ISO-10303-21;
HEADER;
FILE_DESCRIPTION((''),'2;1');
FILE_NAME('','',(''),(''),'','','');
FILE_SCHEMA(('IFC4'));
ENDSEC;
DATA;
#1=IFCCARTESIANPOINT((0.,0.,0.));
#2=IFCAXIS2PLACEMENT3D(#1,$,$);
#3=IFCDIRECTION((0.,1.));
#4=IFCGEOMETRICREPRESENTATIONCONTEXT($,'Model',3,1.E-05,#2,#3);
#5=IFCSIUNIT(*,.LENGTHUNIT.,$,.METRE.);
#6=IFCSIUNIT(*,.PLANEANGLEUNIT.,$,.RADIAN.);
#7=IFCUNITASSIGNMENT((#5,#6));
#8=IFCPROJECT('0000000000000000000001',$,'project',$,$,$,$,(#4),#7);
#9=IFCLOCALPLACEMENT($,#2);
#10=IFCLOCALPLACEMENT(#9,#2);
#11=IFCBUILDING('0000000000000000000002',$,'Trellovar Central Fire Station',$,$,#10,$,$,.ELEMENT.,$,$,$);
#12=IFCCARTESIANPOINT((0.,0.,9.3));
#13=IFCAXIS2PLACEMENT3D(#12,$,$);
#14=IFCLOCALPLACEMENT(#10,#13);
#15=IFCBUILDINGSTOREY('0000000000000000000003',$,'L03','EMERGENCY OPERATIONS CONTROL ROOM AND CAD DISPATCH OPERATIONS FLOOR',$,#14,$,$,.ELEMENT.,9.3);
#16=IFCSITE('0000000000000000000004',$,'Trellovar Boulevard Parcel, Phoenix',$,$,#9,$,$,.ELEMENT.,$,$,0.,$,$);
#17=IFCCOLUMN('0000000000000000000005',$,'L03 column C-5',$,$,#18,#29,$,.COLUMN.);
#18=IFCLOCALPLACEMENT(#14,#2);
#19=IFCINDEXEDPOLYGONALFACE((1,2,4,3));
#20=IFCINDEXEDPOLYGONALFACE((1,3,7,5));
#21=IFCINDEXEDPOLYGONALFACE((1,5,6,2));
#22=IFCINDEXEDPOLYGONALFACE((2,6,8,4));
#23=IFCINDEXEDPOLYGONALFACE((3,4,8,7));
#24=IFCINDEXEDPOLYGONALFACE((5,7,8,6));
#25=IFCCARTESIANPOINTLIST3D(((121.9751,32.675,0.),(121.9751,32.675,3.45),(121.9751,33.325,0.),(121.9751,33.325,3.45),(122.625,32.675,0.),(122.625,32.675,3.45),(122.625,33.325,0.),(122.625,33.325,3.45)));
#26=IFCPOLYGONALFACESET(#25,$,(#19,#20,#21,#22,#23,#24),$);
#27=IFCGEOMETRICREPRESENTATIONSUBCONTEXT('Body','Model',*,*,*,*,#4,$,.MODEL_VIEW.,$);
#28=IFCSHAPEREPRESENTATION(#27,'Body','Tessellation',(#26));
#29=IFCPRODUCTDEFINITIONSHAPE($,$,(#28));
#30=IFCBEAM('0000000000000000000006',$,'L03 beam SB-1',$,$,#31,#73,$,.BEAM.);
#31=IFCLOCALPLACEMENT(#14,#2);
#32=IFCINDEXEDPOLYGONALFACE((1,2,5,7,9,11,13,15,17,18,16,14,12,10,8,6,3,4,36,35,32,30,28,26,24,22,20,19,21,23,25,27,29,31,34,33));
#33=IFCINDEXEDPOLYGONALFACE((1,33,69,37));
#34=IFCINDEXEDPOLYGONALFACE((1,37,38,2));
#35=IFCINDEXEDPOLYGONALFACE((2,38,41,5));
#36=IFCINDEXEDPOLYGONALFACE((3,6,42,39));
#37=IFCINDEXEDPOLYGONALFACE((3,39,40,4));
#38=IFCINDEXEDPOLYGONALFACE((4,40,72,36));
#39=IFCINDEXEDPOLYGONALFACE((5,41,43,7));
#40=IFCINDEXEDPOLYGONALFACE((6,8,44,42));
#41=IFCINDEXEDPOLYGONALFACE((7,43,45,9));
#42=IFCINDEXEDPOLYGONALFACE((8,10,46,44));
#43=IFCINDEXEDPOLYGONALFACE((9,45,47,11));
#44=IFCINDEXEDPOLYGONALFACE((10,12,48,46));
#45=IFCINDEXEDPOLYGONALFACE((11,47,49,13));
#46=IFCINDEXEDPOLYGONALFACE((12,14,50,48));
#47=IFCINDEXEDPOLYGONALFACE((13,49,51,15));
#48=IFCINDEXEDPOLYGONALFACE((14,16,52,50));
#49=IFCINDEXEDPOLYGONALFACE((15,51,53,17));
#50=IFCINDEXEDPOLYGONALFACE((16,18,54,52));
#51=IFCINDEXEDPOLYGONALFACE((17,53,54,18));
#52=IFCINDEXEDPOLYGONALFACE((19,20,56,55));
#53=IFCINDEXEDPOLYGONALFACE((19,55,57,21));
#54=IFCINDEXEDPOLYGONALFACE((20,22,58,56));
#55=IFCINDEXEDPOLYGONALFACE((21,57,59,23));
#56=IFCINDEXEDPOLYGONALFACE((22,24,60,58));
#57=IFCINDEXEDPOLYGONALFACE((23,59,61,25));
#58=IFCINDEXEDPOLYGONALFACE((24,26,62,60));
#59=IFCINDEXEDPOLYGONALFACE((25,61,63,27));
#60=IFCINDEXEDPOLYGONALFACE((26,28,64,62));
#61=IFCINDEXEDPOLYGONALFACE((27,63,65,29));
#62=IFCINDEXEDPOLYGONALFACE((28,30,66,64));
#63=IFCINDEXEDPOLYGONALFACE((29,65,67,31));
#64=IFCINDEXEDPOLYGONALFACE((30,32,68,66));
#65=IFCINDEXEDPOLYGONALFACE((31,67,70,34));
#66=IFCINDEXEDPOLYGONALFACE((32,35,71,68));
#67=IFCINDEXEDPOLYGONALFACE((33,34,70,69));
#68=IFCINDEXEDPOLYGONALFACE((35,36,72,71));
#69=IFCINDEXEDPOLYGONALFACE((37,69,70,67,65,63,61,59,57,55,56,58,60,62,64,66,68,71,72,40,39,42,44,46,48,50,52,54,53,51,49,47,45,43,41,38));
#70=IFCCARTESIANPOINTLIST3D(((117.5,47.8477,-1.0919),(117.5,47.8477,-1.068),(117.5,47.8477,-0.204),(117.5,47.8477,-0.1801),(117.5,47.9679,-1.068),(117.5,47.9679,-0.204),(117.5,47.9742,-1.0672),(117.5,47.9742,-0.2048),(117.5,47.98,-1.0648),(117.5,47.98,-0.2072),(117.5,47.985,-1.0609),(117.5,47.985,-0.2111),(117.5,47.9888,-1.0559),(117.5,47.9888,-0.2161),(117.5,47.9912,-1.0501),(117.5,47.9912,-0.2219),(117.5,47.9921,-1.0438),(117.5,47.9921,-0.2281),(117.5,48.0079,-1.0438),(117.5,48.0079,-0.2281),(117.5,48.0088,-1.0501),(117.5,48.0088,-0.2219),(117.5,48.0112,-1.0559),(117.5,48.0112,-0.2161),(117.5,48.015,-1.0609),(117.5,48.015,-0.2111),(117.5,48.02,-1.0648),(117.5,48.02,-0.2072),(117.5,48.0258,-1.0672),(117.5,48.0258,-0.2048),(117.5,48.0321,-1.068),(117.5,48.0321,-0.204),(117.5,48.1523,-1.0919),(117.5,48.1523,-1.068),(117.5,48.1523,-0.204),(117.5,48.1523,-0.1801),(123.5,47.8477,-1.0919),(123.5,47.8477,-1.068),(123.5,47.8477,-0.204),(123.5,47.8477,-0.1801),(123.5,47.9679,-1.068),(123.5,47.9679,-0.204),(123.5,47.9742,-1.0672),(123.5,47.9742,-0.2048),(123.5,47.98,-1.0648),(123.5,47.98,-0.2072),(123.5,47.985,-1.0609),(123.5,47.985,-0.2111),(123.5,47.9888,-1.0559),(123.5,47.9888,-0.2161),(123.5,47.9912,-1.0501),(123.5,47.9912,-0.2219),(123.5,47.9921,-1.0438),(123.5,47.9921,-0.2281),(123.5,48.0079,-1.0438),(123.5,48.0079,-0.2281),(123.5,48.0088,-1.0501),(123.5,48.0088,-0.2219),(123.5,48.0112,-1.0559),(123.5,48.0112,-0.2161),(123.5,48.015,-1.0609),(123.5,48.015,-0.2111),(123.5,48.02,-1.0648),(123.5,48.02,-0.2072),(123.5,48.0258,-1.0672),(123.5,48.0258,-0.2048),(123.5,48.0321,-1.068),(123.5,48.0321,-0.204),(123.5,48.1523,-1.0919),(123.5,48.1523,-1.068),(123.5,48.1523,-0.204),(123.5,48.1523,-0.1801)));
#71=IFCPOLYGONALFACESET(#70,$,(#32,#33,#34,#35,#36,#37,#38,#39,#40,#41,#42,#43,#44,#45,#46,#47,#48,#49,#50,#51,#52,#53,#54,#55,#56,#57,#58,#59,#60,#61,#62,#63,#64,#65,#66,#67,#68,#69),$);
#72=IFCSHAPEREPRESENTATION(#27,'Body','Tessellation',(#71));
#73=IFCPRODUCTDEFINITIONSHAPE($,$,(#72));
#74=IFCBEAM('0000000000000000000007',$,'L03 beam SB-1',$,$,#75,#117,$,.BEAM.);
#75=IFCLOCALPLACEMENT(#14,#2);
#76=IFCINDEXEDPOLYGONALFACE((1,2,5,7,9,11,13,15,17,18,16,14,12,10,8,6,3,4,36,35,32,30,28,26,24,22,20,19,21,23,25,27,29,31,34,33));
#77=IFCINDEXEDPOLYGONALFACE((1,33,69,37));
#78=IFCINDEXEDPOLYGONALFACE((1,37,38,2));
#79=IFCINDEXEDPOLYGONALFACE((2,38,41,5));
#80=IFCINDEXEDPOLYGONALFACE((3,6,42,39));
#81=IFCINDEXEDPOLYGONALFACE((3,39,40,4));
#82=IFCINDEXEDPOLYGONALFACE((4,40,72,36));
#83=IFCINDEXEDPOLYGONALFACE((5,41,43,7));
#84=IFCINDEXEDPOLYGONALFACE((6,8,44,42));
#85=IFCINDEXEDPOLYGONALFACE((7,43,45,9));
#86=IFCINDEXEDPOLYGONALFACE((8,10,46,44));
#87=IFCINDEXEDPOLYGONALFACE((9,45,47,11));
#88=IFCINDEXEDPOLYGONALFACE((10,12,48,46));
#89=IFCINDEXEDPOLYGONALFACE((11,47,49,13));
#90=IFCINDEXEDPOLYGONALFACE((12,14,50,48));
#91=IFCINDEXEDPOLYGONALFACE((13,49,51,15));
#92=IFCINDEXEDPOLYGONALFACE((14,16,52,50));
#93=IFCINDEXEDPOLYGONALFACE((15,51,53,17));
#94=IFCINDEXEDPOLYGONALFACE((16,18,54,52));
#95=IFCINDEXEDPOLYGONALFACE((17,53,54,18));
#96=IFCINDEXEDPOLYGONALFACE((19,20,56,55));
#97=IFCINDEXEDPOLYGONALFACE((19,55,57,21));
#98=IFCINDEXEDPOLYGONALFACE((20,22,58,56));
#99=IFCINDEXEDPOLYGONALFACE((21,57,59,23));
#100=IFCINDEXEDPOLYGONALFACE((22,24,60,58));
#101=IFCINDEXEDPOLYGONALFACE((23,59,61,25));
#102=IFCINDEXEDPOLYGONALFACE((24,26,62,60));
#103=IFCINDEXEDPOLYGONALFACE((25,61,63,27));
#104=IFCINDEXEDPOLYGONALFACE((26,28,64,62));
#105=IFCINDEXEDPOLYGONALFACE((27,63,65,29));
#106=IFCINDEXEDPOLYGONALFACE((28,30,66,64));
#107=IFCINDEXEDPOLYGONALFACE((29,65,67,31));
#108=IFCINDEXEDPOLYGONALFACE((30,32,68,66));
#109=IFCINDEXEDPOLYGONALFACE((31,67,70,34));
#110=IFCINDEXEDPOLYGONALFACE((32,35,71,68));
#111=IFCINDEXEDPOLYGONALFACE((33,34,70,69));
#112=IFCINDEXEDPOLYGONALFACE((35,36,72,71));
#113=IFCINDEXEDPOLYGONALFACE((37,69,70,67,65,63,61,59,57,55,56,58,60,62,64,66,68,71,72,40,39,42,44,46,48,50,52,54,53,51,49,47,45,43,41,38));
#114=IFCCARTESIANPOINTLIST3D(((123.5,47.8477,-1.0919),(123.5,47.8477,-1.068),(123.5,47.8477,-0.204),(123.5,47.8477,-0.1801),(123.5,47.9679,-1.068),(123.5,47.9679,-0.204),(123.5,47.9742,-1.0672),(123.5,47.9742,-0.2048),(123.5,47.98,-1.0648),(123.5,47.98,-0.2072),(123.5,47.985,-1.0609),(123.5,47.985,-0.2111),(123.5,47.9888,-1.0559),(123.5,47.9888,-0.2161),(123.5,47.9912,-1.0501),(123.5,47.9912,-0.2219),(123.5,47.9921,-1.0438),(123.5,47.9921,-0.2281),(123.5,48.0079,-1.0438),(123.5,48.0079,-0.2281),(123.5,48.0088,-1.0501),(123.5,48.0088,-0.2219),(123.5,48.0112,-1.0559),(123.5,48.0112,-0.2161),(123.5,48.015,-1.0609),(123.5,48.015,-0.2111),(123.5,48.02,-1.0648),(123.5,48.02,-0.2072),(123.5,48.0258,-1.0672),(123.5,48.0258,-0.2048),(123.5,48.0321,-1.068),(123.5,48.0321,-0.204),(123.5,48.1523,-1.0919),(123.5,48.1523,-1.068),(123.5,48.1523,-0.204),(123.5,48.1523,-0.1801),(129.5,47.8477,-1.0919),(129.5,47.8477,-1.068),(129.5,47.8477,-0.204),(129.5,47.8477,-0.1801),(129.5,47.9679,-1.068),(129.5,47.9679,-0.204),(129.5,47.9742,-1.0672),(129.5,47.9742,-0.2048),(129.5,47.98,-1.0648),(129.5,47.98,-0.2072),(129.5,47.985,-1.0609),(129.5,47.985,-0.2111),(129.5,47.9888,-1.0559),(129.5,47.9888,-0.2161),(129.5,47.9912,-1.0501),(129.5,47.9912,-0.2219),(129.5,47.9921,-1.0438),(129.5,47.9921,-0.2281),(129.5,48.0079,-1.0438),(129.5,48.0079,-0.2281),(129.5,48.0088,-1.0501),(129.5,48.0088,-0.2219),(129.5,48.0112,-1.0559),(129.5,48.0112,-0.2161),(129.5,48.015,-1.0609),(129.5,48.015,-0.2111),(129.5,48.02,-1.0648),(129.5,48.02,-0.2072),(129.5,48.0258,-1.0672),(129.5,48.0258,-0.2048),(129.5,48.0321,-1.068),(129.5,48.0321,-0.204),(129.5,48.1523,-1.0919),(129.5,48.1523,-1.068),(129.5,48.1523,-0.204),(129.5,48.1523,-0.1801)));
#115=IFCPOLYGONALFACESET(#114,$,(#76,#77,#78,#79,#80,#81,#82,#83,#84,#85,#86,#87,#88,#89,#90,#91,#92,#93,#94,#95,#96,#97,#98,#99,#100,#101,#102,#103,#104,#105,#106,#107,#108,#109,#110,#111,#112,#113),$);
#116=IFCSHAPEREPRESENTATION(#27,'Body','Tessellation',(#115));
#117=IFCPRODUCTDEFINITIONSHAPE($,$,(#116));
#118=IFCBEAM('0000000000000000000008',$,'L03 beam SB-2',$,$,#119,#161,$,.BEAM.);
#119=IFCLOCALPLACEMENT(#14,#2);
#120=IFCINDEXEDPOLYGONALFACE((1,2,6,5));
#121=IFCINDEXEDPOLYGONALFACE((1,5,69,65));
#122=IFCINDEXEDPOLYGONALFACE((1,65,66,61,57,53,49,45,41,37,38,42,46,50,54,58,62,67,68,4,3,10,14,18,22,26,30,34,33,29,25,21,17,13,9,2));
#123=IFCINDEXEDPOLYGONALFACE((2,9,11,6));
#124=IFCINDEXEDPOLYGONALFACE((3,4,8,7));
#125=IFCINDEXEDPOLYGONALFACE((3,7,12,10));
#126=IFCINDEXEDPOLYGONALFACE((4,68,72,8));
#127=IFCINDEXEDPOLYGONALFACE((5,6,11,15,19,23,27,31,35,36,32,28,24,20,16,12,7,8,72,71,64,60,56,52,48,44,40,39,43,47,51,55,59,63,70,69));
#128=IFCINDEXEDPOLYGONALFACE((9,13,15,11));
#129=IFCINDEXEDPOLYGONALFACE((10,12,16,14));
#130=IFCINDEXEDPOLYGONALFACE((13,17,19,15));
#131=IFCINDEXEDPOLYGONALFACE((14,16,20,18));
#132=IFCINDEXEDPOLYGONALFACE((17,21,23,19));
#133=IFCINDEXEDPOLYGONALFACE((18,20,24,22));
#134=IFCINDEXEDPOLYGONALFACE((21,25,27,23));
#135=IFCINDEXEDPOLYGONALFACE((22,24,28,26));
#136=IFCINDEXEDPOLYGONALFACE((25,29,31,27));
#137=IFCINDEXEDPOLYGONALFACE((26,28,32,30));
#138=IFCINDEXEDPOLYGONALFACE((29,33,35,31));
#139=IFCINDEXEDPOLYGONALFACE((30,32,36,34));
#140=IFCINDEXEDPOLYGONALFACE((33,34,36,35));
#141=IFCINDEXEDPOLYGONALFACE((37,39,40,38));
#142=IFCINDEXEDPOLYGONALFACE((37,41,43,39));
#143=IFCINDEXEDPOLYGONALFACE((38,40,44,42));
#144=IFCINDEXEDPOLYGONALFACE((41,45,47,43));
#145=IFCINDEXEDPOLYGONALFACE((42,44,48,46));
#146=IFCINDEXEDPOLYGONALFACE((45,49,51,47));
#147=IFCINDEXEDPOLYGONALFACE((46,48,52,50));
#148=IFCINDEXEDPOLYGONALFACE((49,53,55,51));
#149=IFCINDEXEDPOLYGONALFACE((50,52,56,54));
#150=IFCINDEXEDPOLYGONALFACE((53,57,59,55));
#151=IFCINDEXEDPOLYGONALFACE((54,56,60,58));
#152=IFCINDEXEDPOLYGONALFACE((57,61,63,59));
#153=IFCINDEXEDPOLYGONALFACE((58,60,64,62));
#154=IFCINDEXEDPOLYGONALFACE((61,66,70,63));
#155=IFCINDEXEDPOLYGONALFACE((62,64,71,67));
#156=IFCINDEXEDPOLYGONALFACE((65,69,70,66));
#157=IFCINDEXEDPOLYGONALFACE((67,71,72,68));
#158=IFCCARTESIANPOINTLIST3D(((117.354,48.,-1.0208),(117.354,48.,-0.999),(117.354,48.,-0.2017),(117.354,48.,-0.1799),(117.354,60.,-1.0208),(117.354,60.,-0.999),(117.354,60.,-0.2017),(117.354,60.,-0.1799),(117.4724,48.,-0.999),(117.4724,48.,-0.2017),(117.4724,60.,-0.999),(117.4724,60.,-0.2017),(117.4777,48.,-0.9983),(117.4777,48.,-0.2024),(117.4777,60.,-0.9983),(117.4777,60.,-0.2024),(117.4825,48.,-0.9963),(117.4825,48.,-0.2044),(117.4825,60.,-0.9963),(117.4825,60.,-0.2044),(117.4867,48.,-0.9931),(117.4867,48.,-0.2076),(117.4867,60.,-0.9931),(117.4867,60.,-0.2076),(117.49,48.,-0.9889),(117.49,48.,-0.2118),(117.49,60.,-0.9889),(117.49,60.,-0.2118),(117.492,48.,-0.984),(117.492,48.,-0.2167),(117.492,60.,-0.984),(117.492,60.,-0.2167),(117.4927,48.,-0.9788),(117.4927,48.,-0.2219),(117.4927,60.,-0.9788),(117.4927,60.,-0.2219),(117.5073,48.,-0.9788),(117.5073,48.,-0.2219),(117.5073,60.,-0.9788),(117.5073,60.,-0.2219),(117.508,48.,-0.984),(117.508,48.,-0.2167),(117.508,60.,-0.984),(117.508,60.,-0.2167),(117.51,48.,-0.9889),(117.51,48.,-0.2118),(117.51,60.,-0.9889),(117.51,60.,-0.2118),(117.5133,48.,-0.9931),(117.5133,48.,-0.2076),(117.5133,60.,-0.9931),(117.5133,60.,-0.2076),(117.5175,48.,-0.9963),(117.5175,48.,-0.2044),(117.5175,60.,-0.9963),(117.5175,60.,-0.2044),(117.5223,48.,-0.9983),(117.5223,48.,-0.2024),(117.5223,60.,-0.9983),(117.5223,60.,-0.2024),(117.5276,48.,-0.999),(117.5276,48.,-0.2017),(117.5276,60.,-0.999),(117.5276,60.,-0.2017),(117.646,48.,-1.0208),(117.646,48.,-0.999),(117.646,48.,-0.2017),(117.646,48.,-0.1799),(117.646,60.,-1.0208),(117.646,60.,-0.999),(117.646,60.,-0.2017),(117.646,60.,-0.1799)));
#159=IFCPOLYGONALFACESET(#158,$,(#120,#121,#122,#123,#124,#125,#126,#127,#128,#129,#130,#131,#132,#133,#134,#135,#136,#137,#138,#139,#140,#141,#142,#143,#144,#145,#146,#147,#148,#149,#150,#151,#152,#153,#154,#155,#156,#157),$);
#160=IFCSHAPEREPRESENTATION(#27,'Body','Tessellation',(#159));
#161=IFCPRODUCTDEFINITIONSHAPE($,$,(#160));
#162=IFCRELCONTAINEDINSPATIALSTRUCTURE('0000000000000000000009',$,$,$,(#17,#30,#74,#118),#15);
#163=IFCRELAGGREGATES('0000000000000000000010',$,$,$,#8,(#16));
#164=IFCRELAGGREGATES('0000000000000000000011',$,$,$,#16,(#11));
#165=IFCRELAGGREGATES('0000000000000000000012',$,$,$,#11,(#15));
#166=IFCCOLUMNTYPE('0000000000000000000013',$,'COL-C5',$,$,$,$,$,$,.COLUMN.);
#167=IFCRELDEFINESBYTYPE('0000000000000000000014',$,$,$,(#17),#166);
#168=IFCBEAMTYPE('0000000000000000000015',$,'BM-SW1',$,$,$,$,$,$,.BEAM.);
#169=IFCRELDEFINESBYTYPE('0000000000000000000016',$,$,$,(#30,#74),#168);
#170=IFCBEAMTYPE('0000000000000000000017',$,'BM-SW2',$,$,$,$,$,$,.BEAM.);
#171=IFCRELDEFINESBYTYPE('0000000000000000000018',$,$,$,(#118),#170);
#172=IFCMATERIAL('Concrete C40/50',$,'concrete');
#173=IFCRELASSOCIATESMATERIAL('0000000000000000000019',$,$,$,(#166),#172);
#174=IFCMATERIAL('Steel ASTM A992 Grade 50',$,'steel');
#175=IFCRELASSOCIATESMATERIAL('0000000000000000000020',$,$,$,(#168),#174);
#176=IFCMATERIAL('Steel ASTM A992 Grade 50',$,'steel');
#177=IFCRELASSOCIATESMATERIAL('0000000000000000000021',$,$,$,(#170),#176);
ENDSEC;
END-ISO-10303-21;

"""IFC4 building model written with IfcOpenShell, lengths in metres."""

from ifc_helpers import new_model, si_unit, direction, frame, origin, origin_2d, place, context, subcontext, project, spatial, rectangle, i_section, extrude, material, material_profile, profile_set, type_object, element, save


model = new_model("IFC4")

# Units and contexts
model_context = context("Model", 3, precision=1e-05, world=origin(), true_north=direction((0.0, 1.0)))
body_context = subcontext(model_context, "Body", "Model", "MODEL_VIEW")
ifc_project = project(units=[si_unit("LENGTHUNIT", "METRE"), si_unit("PLANEANGLEUNIT", "RADIAN")], contexts=[model_context])

# Site, building, storey
site_placement = place(None, origin())
site = spatial("IfcSite", under=ifc_project, at=site_placement, Name="Trellovar Boulevard Parcel, Phoenix", CompositionType="ELEMENT", RefElevation=0.0)
building_placement = place(site_placement, origin())
building = spatial("IfcBuilding", under=site, at=building_placement, Name="Trellovar Central Fire Station", CompositionType="ELEMENT")
storey_placement = place(building_placement, frame((0.0, 0.0, 9.3)))
storey = spatial("IfcBuildingStorey", under=building, at=storey_placement, Name="L03", Description="EMERGENCY OPERATIONS CONTROL ROOM AND CAD DISPATCH OPERATIONS FLOOR", CompositionType="ELEMENT", Elevation=9.3)

# Column
ifc_material_1 = material(Name="Concrete C40/50", Category="concrete")
ifc_material_profile_1 = material_profile(ifc_material_1, rectangle(XDim=0.6499, YDim=0.6499, at=origin_2d()), Name="RC650X650")
ifc_profile_set_1 = profile_set([ifc_material_profile_1], Name="Concrete C40/50")
column_type = type_object("IfcColumnType", Name="COL-C5", PredefinedType="COLUMN", material=ifc_profile_set_1)
column_placement = place(storey_placement, frame((122.3, 33.0, 0.0), z_axis=(0.0, 0.0, 1.0), x_axis=(1.0, 0.0, 0.0)))
element("IfcColumn", 1, at=column_placement, inside=storey, type_object=column_type, Name="L03 column C-5", PredefinedType="COLUMN", context=body_context, shape_type="SweptSolid", body=[
    extrude(rectangle(XDim=0.6499, YDim=0.6499, at=origin_2d()), origin(), (0.0, 0.0, 1.0), 3.45),
])

# Beams
ifc_material_2 = material(Name="Steel ASTM A992 Grade 50", Category="steel")
ifc_material_profile_2 = material_profile(ifc_material_2, i_section(OverallWidth=0.3047, OverallDepth=0.9119, WebThickness=0.0159, FlangeThickness=0.0239, FilletRadius=0.0242, at=origin_2d()), Name="W36X150")
ifc_profile_set_2 = profile_set([ifc_material_profile_2], Name="Steel ASTM A992 Grade 50")
beam_type_1 = type_object("IfcBeamType", Name="BM-SW1", PredefinedType="BEAM", material=ifc_profile_set_2)
for number, where, z_axis, x_axis, name in (
    (2, (117.5, 48.0, -0.636), (1.0, 0.0, 0.0), (0.0, 1.0, 0.0), "L03 beam SB-1"),
    (3, (123.5, 48.0, -0.636), (1.0, 0.0, 0.0), (0.0, 1.0, 0.0), "L03 beam SB-1"),
):
    element("IfcBeam", number, at=place(storey_placement, frame(where, z_axis=z_axis, x_axis=x_axis)), inside=storey, type_object=beam_type_1, Name=name, PredefinedType="BEAM", context=body_context, shape_type="SweptSolid", body=[
        extrude(i_section(OverallWidth=0.3047, OverallDepth=0.9119, WebThickness=0.0159, FlangeThickness=0.0239, FilletRadius=0.0242, at=origin_2d()), origin(), (0.0, 0.0, 1.0), 6.0),
    ])
ifc_material_3 = material(Name="Steel ASTM A992 Grade 50", Category="steel")
ifc_material_profile_3 = material_profile(ifc_material_3, i_section(OverallWidth=0.292, OverallDepth=0.8408, WebThickness=0.0146, FlangeThickness=0.0217, FilletRadius=0.0203, at=origin_2d()), Name="W33X130")
ifc_profile_set_3 = profile_set([ifc_material_profile_3], Name="Steel ASTM A992 Grade 50")
beam_type_2 = type_object("IfcBeamType", Name="BM-SW2", PredefinedType="BEAM", material=ifc_profile_set_3)
for number, where, z_axis, x_axis, name in (
    (4, (117.5, 48.0, -0.6003), (0.0, 1.0, 0.0), (-1.0, 0.0, 0.0), "L03 beam SB-2"),
):
    element("IfcBeam", number, at=place(storey_placement, frame(where, z_axis=z_axis, x_axis=x_axis)), inside=storey, type_object=beam_type_2, Name=name, PredefinedType="BEAM", context=body_context, shape_type="SweptSolid", body=[
        extrude(i_section(OverallWidth=0.292, OverallDepth=0.8408, WebThickness=0.0146, FlangeThickness=0.0217, FilletRadius=0.0203, at=origin_2d()), origin(), (0.0, 0.0, 1.0), 12.0),
    ])

save(model, "model.ifc")
